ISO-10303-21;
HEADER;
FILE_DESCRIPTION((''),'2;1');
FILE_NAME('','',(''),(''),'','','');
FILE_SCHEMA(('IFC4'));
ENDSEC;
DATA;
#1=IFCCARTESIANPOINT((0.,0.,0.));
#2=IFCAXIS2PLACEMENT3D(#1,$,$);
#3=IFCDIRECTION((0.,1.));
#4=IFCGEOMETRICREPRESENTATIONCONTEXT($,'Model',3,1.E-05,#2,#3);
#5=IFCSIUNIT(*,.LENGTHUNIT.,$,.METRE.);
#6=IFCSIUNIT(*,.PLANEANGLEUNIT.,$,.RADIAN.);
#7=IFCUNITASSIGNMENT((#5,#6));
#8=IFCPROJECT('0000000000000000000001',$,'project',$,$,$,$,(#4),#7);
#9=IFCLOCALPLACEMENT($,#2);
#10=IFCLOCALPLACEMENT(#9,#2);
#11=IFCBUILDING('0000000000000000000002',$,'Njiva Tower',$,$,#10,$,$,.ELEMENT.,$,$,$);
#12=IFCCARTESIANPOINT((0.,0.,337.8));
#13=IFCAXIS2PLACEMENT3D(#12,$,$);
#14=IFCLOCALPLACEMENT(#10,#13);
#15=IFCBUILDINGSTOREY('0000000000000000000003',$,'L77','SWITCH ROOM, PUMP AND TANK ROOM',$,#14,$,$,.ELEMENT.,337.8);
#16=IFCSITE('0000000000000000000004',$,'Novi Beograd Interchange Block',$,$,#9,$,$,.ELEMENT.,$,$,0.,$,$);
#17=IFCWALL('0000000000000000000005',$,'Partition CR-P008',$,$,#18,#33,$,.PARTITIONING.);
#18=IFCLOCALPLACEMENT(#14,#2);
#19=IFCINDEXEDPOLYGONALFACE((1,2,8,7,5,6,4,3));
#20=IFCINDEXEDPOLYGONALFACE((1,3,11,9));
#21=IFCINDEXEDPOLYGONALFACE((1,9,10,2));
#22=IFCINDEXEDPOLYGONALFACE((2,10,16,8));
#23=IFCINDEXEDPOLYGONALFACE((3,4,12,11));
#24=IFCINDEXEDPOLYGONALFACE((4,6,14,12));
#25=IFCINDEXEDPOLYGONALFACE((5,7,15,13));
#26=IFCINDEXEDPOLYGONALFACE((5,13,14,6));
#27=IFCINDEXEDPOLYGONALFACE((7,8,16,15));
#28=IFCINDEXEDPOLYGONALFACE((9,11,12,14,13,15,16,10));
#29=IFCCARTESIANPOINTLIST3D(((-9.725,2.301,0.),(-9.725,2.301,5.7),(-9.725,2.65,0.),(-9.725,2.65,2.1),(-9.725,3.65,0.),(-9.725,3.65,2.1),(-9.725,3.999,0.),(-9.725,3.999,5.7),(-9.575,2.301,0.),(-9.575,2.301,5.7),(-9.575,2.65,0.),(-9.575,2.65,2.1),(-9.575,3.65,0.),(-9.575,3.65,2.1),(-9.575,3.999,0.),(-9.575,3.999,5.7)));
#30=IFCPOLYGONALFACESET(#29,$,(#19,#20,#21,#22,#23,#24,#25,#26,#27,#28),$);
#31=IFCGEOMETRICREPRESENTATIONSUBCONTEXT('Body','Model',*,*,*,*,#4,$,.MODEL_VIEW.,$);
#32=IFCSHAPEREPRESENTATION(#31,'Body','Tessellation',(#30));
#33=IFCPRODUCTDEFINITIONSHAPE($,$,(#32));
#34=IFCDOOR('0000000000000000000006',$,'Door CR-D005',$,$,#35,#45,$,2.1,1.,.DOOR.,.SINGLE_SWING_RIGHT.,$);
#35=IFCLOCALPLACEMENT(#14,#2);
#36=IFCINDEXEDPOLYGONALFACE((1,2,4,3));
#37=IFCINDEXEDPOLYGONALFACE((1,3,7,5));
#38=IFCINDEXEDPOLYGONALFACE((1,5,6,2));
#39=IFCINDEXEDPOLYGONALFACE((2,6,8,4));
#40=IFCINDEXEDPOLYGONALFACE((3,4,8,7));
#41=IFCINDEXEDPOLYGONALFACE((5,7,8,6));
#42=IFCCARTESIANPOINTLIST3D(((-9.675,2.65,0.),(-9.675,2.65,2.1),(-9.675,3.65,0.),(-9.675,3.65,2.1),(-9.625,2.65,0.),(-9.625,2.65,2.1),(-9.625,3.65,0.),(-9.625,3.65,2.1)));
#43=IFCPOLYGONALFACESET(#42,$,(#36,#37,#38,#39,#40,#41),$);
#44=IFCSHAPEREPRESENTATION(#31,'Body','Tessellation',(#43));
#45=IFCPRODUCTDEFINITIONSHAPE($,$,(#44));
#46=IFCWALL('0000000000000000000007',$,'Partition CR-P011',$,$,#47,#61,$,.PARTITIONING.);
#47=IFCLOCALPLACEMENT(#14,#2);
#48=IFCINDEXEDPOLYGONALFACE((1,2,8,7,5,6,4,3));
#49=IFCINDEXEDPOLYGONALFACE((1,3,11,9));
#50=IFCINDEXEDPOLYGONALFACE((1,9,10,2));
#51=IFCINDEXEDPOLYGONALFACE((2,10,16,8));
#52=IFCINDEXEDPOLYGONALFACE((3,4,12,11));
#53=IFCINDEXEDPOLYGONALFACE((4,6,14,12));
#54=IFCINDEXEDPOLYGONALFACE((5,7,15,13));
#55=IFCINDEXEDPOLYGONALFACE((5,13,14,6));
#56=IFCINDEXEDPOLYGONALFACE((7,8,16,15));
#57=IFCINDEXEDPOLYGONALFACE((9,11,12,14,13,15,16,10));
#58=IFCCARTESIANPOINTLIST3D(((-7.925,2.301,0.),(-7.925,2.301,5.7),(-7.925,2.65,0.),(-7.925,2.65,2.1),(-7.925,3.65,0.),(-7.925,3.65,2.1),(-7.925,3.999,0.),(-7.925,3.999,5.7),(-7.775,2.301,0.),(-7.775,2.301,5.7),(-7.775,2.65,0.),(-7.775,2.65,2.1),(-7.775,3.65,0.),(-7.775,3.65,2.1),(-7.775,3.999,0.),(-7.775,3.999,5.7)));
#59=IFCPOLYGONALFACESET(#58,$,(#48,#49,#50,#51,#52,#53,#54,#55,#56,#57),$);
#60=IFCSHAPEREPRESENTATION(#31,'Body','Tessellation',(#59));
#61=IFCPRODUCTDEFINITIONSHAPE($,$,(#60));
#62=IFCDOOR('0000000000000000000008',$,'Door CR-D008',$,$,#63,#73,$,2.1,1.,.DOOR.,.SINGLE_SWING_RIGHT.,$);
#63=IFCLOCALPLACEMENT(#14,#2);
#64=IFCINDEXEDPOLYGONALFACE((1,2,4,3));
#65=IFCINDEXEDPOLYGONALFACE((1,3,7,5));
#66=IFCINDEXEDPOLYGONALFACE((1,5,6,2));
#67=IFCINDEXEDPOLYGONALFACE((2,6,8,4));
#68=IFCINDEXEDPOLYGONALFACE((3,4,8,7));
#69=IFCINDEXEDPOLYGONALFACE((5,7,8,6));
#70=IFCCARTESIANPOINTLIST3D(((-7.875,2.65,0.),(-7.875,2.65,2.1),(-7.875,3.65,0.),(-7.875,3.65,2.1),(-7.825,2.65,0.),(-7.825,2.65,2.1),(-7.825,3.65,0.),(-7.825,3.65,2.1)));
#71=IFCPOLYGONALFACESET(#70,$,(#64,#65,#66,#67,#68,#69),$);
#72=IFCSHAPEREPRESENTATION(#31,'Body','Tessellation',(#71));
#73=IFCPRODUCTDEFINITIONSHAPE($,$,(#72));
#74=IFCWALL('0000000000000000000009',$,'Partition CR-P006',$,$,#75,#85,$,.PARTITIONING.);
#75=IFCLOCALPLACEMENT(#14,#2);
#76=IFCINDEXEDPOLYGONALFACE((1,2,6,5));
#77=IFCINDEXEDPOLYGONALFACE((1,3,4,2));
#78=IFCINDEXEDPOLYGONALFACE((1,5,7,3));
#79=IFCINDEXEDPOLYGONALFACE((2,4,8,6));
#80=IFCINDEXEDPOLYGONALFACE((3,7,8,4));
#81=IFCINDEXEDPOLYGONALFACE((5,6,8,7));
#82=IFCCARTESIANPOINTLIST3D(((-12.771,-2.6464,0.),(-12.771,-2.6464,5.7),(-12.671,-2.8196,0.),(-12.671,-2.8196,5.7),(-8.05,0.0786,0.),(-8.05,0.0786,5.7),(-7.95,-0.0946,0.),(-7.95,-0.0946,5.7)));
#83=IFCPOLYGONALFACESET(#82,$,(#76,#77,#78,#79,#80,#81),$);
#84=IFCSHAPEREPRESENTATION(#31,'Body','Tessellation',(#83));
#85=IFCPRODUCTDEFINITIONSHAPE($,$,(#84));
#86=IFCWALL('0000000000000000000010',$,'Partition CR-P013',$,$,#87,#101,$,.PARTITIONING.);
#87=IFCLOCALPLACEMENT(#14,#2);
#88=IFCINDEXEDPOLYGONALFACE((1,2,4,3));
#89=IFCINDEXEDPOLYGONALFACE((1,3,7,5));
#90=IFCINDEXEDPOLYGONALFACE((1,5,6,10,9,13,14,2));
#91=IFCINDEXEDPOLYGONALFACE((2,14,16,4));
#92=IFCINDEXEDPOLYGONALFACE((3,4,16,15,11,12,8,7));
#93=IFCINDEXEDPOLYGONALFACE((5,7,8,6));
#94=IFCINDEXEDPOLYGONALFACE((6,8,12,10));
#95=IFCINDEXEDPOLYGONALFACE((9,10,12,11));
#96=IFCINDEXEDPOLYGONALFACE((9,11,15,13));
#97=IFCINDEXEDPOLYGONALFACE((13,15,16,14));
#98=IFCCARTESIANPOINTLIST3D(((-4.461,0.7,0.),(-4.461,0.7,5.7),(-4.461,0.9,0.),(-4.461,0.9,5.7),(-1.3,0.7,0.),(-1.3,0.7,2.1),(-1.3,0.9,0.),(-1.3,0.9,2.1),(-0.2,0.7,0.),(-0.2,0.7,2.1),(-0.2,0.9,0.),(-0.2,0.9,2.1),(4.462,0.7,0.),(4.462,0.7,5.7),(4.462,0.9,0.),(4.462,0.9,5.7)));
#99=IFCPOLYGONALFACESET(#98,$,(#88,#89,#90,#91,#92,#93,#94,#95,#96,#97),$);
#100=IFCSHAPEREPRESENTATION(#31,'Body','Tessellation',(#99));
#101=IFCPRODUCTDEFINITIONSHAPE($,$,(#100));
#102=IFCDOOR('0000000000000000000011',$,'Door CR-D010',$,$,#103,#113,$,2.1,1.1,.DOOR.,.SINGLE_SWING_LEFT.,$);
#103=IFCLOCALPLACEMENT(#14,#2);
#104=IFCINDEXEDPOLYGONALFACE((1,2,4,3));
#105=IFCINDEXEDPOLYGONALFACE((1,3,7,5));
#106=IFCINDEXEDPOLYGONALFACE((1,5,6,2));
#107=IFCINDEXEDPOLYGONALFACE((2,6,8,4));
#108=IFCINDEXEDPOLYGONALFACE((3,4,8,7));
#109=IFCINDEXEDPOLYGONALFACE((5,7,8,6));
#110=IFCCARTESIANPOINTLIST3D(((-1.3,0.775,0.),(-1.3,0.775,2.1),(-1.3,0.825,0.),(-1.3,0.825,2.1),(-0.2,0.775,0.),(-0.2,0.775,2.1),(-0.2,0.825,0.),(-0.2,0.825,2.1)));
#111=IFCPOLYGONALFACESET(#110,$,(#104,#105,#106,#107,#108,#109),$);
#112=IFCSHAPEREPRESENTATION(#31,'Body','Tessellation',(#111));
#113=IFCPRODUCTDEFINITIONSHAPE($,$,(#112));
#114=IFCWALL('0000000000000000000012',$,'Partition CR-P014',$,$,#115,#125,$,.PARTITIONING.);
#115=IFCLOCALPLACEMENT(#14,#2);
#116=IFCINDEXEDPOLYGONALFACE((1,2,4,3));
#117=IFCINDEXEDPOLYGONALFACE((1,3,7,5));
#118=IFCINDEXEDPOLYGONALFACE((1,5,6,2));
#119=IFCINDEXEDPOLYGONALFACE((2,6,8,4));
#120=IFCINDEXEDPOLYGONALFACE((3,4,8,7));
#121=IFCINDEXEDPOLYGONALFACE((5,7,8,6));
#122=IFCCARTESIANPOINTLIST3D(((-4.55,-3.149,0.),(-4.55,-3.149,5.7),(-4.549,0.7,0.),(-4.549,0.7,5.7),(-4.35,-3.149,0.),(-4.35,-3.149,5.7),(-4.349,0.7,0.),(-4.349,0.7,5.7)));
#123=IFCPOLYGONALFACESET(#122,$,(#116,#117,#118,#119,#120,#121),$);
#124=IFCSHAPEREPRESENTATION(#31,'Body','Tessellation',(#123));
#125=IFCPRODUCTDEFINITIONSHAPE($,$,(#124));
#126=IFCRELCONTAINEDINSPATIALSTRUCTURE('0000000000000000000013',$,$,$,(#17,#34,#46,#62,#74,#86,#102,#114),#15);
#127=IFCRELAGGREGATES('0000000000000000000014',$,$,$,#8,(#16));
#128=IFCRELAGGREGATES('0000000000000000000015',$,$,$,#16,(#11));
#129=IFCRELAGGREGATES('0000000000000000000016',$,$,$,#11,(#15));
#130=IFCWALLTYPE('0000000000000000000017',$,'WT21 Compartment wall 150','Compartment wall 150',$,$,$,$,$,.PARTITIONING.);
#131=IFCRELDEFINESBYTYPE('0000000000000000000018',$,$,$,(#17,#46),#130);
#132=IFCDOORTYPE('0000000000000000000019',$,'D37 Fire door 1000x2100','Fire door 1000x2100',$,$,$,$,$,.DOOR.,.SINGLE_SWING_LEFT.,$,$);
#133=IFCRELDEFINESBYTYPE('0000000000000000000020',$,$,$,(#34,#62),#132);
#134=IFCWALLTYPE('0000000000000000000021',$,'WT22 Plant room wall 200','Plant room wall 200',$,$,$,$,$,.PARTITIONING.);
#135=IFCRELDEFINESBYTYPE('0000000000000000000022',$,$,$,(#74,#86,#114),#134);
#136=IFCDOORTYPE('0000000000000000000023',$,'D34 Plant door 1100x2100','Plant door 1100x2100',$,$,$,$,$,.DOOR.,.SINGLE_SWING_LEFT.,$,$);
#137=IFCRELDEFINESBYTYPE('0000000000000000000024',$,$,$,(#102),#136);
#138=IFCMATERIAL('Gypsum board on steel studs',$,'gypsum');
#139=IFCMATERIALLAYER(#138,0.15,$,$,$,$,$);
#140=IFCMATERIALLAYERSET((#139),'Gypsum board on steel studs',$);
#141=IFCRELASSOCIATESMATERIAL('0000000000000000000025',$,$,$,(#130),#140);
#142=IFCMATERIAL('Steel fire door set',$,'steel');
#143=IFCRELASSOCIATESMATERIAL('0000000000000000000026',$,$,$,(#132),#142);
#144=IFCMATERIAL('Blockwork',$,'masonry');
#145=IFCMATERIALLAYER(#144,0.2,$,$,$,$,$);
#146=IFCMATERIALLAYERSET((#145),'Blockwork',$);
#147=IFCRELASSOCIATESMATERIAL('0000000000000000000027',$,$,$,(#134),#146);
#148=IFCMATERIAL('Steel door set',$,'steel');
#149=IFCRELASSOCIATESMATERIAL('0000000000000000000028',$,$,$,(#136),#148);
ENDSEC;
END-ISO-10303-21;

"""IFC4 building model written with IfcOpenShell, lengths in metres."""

from ifc_helpers import new_model, si_unit, direction, frame, frame_2d, origin, place, context, subcontext, project, spatial, rectangle, extrude, material, layer, layer_set, type_object, element, fill, save


model = new_model("IFC4")

# Units and contexts
model_context = context("Model", 3, precision=1e-05, world=origin(), true_north=direction((0.0, 1.0)))
body_context = subcontext(model_context, "Body", "Model", "MODEL_VIEW")
ifc_project = project(units=[si_unit("LENGTHUNIT", "METRE"), si_unit("PLANEANGLEUNIT", "RADIAN")], contexts=[model_context])

# Site, building, storey
site_placement = place(None, origin())
site = spatial("IfcSite", under=ifc_project, at=site_placement, Name="Novi Beograd Interchange Block", CompositionType="ELEMENT", RefElevation=0.0)
building_placement = place(site_placement, origin())
building = spatial("IfcBuilding", under=site, at=building_placement, Name="Njiva Tower", CompositionType="ELEMENT")
storey_placement = place(building_placement, frame((0.0, 0.0, 337.8)))
storey = spatial("IfcBuildingStorey", under=building, at=storey_placement, Name="L77", Description="SWITCH ROOM, PUMP AND TANK ROOM", CompositionType="ELEMENT", Elevation=337.8)

# Walls, openings, doors
ifc_material_1 = material(Name="Gypsum board on steel studs", Category="gypsum")
ifc_layer_1 = layer(ifc_material_1, 0.15)
ifc_layer_set_1 = layer_set([ifc_layer_1], Name="Gypsum board on steel studs")
wall_type_1 = type_object("IfcWallType", Name="WT21 Compartment wall 150", Description="Compartment wall 150", PredefinedType="PARTITIONING", material=ifc_layer_set_1)
wall_1_placement = place(storey_placement, frame((-9.65, 2.301, 0.0), z_axis=(0.0, 0.0, 1.0), x_axis=(0.0, 1.0, 0.0)))
wall_1 = element("IfcWall", 1, at=wall_1_placement, inside=storey, type_object=wall_type_1, Name="Partition CR-P008", PredefinedType="PARTITIONING", context=body_context, shape_type="SweptSolid", body=[
    extrude(rectangle(XDim=1.698, YDim=0.15, at=frame_2d((0.849, 0.0))), origin(), (0.0, 0.0, 1.0), 5.7),
])
opening_1_placement = place(wall_1_placement, frame((0.349, 0.0, 0.0)))
opening_1 = element("IfcOpeningElement", 2, at=opening_1_placement, cuts=wall_1, PredefinedType="OPENING", context=body_context, shape_type="SweptSolid", body=[
    extrude(rectangle(XDim=1.0, YDim=2.1, at=frame_2d((0.5, 1.05))), frame((0.0, 0.085, 0.0), z_axis=(0.0, -1.0, 0.0), x_axis=(1.0, 0.0, 0.0)), (0.0, 0.0, 1.0), 0.17),
])
ifc_material_2 = material(Name="Steel fire door set", Category="steel")
door_type_1 = type_object("IfcDoorType", Name="D37 Fire door 1000x2100", Description="Fire door 1000x2100", OperationType="SINGLE_SWING_LEFT", PredefinedType="DOOR", material=ifc_material_2)
door_1_placement = place(opening_1_placement, origin())
door_1 = element("IfcDoor", 3, at=door_1_placement, inside=storey, type_object=door_type_1, Name="Door CR-D005", OperationType="SINGLE_SWING_RIGHT", OverallHeight=2.1, OverallWidth=1.0, PredefinedType="DOOR", context=body_context, shape_type="SweptSolid", body=[
    extrude(rectangle(XDim=1.0, YDim=2.1, at=frame_2d((0.5, 1.05))), frame((0.0, 0.025, 0.0), z_axis=(0.0, -1.0, 0.0), x_axis=(1.0, 0.0, 0.0)), (0.0, 0.0, 1.0), 0.05),
])
fill(opening_1, door_1)
wall_2_placement = place(storey_placement, frame((-7.85, 2.301, 0.0), z_axis=(0.0, 0.0, 1.0), x_axis=(0.0, 1.0, 0.0)))
wall_2 = element("IfcWall", 4, at=wall_2_placement, inside=storey, type_object=wall_type_1, Name="Partition CR-P011", PredefinedType="PARTITIONING", context=body_context, shape_type="SweptSolid", body=[
    extrude(rectangle(XDim=1.698, YDim=0.15, at=frame_2d((0.849, 0.0))), origin(), (0.0, 0.0, 1.0), 5.7),
])
opening_2_placement = place(wall_2_placement, frame((0.349, 0.0, 0.0)))
opening_2 = element("IfcOpeningElement", 5, at=opening_2_placement, cuts=wall_2, PredefinedType="OPENING", context=body_context, shape_type="SweptSolid", body=[
    extrude(rectangle(XDim=1.0, YDim=2.1, at=frame_2d((0.5, 1.05))), frame((0.0, 0.085, 0.0), z_axis=(0.0, -1.0, 0.0), x_axis=(1.0, 0.0, 0.0)), (0.0, 0.0, 1.0), 0.17),
])
door_2_placement = place(opening_2_placement, origin())
door_2 = element("IfcDoor", 6, at=door_2_placement, inside=storey, type_object=door_type_1, Name="Door CR-D008", OperationType="SINGLE_SWING_RIGHT", OverallHeight=2.1, OverallWidth=1.0, PredefinedType="DOOR", context=body_context, shape_type="SweptSolid", body=[
    extrude(rectangle(XDim=1.0, YDim=2.1, at=frame_2d((0.5, 1.05))), frame((0.0, 0.025, 0.0), z_axis=(0.0, -1.0, 0.0), x_axis=(1.0, 0.0, 0.0)), (0.0, 0.0, 1.0), 0.05),
])
fill(opening_2, door_2)

# Wall
ifc_material_3 = material(Name="Blockwork", Category="masonry")
ifc_layer_2 = layer(ifc_material_3, 0.2)
ifc_layer_set_2 = layer_set([ifc_layer_2], Name="Blockwork")
wall_type_2 = type_object("IfcWallType", Name="WT22 Plant room wall 200", Description="Plant room wall 200", PredefinedType="PARTITIONING", material=ifc_layer_set_2)
wall_3_placement = place(storey_placement, frame((-12.721, -2.733, 0.0), z_axis=(0.0, 0.0, 1.0), x_axis=(0.866079, 0.499908, 0.0)))
element("IfcWall", 7, at=wall_3_placement, inside=storey, type_object=wall_type_2, Name="Partition CR-P006", PredefinedType="PARTITIONING", context=body_context, shape_type="SweptSolid", body=[
    extrude(rectangle(XDim=5.451, YDim=0.2, at=frame_2d((2.7255, 0.0))), origin(), (0.0, 0.0, 1.0), 5.7),
])

# Wall, opening, door
wall_4_placement = place(storey_placement, frame((-4.461, 0.8, 0.0), z_axis=(0.0, 0.0, 1.0), x_axis=(1.0, 0.0, 0.0)))
wall_4 = element("IfcWall", 8, at=wall_4_placement, inside=storey, type_object=wall_type_2, Name="Partition CR-P013", PredefinedType="PARTITIONING", context=body_context, shape_type="SweptSolid", body=[
    extrude(rectangle(XDim=8.923, YDim=0.2, at=frame_2d((4.4615, 0.0))), origin(), (0.0, 0.0, 1.0), 5.7),
])
opening_3_placement = place(wall_4_placement, frame((3.161, 0.0, 0.0)))
opening_3 = element("IfcOpeningElement", 9, at=opening_3_placement, cuts=wall_4, PredefinedType="OPENING", context=body_context, shape_type="SweptSolid", body=[
    extrude(rectangle(XDim=1.1, YDim=2.1, at=frame_2d((0.55, 1.05))), frame((0.0, 0.11, 0.0), z_axis=(0.0, -1.0, 0.0), x_axis=(1.0, 0.0, 0.0)), (0.0, 0.0, 1.0), 0.22),
])
ifc_material_4 = material(Name="Steel door set", Category="steel")
door_type_2 = type_object("IfcDoorType", Name="D34 Plant door 1100x2100", Description="Plant door 1100x2100", OperationType="SINGLE_SWING_LEFT", PredefinedType="DOOR", material=ifc_material_4)
door_3_placement = place(opening_3_placement, origin())
door_3 = element("IfcDoor", 10, at=door_3_placement, inside=storey, type_object=door_type_2, Name="Door CR-D010", OperationType="SINGLE_SWING_LEFT", OverallHeight=2.1, OverallWidth=1.1, PredefinedType="DOOR", context=body_context, shape_type="SweptSolid", body=[
    extrude(rectangle(XDim=1.1, YDim=2.1, at=frame_2d((0.55, 1.05))), frame((0.0, 0.025, 0.0), z_axis=(0.0, -1.0, 0.0), x_axis=(1.0, 0.0, 0.0)), (0.0, 0.0, 1.0), 0.05),
])
fill(opening_3, door_3)

# Wall
wall_5_placement = place(storey_placement, frame((-4.45, -3.149, 0.0), z_axis=(0.0, 0.0, 1.0), x_axis=(0.00026, 1.0, 0.0)))
element("IfcWall", 11, at=wall_5_placement, inside=storey, type_object=wall_type_2, Name="Partition CR-P014", PredefinedType="PARTITIONING", context=body_context, shape_type="SweptSolid", body=[
    extrude(rectangle(XDim=3.849, YDim=0.2, at=frame_2d((1.9245, 0.0))), origin(), (0.0, 0.0, 1.0), 5.7),
])

save(model, "model.ifc")
